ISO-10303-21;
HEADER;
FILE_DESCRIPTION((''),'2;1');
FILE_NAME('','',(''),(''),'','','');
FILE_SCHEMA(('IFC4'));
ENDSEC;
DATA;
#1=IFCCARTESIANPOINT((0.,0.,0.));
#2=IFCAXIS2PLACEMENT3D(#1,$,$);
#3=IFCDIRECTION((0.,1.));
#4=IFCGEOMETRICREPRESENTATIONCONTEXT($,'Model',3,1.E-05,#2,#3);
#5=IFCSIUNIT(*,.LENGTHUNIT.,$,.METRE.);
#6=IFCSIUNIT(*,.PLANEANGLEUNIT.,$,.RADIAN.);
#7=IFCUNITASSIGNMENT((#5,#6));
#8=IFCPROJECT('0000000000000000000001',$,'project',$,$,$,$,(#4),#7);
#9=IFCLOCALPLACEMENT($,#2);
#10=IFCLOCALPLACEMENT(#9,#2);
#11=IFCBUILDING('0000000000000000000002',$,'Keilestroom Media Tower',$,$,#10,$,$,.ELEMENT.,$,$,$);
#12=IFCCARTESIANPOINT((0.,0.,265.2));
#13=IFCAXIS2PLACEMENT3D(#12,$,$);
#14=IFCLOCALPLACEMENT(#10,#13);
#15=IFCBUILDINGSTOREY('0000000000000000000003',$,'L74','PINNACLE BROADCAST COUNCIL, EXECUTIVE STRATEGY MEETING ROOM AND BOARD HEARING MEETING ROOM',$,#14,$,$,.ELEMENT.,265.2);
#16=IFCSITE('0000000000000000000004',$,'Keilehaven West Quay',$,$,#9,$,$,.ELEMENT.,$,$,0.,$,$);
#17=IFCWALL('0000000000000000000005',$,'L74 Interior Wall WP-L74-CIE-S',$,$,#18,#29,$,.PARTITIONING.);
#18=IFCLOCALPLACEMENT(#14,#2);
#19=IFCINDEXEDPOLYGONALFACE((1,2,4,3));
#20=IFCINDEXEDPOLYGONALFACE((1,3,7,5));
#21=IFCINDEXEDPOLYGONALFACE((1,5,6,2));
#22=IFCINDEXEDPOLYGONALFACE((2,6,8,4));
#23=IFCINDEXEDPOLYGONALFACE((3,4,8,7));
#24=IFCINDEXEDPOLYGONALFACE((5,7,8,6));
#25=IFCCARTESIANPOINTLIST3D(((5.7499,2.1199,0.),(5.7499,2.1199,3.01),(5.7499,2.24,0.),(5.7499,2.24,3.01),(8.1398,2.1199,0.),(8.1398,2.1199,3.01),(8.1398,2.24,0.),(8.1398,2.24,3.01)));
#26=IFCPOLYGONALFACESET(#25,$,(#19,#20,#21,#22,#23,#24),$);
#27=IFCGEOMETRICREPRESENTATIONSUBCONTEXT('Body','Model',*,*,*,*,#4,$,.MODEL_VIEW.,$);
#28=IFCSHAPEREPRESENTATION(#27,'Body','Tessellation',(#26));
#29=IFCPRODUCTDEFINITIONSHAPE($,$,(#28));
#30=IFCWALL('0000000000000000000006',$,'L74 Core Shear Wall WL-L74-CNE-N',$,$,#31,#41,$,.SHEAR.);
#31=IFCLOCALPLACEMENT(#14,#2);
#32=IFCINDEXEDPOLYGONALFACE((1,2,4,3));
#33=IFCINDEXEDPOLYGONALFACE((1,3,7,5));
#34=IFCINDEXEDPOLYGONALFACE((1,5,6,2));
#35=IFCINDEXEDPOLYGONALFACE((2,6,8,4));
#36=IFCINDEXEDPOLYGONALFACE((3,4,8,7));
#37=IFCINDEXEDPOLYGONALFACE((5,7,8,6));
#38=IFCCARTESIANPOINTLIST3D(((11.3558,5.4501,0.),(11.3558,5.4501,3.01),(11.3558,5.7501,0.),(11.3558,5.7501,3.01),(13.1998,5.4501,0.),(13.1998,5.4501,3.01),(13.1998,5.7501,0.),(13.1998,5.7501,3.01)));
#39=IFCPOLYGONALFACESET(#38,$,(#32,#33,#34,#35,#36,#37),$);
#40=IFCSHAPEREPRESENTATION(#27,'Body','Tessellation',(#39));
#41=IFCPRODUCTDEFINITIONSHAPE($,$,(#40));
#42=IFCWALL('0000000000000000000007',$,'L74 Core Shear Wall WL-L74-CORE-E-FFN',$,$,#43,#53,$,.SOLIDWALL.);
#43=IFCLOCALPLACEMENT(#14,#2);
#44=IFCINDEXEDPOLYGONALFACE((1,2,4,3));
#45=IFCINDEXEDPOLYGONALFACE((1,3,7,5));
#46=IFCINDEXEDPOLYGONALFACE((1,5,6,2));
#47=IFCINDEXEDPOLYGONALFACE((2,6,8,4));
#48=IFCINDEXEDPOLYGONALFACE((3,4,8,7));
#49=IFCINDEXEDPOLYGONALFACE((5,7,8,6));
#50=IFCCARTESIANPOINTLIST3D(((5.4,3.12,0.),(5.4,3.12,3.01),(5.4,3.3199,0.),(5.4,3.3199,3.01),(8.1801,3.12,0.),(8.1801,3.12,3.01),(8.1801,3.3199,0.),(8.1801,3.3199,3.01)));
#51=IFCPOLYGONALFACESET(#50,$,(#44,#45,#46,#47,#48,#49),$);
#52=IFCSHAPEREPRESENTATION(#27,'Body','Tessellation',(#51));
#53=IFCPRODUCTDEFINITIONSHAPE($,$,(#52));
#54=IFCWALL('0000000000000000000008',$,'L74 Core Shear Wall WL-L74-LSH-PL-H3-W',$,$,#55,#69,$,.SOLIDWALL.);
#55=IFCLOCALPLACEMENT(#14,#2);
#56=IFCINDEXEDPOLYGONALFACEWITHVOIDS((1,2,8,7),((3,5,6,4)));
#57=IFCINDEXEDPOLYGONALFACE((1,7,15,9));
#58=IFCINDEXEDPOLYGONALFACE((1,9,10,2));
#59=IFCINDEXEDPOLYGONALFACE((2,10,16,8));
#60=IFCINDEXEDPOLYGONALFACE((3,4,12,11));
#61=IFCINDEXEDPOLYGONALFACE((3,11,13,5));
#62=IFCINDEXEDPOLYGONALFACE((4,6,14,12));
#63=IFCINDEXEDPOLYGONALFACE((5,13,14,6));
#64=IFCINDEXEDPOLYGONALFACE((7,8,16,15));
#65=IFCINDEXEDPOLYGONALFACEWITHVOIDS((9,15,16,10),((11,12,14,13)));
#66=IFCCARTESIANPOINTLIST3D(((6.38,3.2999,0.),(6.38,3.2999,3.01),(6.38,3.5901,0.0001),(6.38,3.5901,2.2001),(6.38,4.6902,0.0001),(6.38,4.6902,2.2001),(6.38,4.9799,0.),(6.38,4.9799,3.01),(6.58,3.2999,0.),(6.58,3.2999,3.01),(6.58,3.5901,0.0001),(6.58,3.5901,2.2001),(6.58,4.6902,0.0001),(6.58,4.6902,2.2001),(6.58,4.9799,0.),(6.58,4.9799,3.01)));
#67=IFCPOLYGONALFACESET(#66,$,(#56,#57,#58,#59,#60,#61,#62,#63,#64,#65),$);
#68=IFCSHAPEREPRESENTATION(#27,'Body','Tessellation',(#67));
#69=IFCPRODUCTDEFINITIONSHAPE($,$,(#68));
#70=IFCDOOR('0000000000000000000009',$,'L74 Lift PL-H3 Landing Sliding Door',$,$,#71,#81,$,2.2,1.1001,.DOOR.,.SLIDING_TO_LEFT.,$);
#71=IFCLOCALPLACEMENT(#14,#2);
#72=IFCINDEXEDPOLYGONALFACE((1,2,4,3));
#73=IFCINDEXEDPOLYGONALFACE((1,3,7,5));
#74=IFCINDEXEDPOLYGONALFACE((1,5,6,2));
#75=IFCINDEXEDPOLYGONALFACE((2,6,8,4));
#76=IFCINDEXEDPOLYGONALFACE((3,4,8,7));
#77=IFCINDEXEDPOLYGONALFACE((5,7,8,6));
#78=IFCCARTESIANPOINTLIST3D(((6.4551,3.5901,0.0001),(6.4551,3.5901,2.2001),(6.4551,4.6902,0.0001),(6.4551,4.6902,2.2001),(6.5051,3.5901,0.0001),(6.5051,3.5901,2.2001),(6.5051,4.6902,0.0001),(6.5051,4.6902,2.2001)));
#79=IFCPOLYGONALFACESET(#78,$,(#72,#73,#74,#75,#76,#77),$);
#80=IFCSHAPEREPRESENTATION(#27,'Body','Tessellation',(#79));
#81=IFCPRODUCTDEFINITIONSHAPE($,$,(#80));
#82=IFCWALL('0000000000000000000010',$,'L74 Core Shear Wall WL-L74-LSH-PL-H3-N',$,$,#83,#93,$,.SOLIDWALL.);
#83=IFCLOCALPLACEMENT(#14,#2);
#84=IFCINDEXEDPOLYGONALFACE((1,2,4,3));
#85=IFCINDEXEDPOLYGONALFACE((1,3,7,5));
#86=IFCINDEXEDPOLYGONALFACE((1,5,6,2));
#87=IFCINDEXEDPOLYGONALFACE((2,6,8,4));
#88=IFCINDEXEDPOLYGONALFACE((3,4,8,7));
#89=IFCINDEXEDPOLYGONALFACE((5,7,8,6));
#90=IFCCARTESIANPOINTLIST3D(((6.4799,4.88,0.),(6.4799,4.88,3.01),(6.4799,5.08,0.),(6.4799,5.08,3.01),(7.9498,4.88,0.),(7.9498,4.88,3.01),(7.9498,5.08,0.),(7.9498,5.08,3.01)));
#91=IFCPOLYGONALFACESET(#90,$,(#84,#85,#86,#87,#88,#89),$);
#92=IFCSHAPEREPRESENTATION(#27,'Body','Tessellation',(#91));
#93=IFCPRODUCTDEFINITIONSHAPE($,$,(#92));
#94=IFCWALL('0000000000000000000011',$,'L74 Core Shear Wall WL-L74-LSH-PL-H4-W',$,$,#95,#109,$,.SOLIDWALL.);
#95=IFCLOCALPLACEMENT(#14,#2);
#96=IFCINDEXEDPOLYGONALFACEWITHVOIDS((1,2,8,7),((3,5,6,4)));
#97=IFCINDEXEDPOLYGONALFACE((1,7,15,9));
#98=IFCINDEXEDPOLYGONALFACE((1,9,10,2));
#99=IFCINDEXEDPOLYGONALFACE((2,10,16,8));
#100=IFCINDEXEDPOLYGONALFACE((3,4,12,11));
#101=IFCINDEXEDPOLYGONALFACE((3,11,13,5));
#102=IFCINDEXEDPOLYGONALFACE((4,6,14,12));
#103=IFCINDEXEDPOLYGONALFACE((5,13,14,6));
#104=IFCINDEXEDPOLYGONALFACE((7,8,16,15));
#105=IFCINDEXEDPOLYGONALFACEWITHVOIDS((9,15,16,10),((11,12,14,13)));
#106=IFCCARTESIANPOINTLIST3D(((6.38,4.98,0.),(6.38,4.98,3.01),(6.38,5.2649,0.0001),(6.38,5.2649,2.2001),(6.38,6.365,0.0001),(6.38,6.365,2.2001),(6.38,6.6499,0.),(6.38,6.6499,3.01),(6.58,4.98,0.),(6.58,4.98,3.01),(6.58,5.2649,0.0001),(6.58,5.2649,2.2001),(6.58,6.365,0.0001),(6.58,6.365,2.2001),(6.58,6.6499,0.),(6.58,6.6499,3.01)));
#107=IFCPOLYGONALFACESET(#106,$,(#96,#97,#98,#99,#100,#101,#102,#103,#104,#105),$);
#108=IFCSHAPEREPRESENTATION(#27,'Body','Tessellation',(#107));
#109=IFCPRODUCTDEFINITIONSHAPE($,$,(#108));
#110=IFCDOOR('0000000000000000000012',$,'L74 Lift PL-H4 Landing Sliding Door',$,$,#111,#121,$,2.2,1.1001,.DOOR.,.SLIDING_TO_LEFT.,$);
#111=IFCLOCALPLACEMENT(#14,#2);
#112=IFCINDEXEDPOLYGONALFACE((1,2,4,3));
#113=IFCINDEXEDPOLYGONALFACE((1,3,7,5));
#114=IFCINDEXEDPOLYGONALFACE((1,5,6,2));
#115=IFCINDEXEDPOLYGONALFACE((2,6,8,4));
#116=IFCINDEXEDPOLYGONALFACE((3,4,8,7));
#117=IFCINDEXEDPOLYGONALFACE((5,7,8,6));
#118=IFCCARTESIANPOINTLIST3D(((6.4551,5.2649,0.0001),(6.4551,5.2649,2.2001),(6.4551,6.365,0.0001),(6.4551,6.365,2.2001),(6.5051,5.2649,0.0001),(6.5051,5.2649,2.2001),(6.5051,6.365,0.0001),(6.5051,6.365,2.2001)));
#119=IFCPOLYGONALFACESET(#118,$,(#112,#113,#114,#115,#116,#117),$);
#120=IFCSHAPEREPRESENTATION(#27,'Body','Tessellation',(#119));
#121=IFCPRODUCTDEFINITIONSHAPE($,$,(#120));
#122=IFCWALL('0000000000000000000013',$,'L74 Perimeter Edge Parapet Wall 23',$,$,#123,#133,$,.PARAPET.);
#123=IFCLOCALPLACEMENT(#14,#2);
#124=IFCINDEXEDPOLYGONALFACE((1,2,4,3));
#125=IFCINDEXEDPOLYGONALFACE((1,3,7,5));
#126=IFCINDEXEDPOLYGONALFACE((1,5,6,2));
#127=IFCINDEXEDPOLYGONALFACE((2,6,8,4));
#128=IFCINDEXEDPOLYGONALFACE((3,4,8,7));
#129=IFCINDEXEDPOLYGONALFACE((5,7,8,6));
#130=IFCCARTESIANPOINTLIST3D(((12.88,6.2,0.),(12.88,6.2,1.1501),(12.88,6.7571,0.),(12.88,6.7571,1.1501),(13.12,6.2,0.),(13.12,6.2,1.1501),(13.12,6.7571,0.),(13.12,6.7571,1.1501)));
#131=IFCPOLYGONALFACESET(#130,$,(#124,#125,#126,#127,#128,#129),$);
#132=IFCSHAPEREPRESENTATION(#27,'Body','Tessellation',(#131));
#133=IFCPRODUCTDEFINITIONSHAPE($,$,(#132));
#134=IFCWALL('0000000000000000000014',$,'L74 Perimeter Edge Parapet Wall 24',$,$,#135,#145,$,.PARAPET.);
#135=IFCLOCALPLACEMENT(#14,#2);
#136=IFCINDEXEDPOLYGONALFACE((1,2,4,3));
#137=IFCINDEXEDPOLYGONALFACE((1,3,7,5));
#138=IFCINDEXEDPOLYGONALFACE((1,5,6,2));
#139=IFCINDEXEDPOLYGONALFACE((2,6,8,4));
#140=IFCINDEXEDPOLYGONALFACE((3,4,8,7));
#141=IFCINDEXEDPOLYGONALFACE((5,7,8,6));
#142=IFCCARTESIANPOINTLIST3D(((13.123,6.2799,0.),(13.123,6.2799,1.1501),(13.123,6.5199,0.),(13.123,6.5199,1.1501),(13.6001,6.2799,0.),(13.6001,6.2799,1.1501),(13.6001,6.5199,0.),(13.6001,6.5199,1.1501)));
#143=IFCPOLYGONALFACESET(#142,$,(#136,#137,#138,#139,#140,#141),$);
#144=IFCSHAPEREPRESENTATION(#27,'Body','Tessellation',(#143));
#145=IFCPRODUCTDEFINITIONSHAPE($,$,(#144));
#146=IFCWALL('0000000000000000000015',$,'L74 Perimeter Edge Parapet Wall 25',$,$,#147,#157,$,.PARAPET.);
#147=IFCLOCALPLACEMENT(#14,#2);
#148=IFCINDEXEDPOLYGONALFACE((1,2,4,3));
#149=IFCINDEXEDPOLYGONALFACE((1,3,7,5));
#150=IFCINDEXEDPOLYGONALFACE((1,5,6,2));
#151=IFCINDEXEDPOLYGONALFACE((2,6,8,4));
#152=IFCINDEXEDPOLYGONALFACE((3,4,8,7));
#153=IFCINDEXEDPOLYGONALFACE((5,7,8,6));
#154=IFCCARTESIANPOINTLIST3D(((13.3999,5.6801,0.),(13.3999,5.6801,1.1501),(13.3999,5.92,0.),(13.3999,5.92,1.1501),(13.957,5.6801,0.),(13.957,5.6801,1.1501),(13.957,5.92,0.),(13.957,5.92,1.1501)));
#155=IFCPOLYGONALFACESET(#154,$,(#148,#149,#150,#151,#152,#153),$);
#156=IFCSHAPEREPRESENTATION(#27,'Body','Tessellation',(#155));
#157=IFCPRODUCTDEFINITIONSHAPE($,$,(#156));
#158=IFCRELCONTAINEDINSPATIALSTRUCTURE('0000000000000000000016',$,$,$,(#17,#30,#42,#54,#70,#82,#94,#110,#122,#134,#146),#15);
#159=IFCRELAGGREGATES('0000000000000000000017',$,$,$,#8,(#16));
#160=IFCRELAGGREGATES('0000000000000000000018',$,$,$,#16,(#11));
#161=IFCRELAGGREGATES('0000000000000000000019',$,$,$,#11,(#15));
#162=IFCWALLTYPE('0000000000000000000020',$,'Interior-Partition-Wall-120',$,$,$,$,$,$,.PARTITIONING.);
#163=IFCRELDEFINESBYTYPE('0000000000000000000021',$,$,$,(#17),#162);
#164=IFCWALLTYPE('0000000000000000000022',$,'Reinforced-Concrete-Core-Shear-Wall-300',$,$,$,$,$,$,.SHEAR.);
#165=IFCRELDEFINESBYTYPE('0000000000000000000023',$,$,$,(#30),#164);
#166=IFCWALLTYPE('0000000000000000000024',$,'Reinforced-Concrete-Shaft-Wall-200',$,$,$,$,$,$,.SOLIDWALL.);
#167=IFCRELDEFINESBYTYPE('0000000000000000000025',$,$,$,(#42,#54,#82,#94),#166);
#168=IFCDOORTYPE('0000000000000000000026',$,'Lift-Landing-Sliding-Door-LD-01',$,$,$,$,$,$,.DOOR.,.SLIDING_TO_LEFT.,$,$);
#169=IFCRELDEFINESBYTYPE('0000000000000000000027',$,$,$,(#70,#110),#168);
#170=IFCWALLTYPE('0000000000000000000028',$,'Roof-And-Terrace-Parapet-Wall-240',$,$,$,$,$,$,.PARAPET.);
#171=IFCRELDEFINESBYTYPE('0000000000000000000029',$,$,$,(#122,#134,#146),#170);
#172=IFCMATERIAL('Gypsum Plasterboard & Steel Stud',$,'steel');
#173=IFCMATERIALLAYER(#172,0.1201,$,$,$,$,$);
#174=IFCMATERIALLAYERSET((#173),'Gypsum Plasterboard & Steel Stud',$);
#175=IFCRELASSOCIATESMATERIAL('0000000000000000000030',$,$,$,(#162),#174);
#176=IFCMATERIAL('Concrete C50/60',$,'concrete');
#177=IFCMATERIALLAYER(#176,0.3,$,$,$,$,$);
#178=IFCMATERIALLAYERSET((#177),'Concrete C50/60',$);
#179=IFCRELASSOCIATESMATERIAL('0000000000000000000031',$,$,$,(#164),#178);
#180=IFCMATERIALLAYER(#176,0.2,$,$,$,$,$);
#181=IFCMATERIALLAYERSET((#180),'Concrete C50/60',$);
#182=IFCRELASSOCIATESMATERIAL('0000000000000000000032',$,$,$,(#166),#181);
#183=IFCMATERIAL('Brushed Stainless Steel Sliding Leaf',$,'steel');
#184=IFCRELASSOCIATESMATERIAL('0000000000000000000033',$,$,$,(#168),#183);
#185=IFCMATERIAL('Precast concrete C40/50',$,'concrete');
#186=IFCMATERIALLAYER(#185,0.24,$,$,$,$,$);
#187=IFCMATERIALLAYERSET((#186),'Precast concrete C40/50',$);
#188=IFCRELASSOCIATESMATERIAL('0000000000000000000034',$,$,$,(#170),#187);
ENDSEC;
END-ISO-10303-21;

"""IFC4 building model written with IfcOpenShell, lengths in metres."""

from ifc_helpers import new_model, si_unit, direction, frame, frame_2d, origin, place, context, subcontext, project, spatial, rectangle, extrude, source, transform, mapped, material, layer, layer_set, type_object, element, fill, save


model = new_model("IFC4")

# Units and contexts
model_context = context("Model", 3, precision=1e-05, world=origin(), true_north=direction((0.0, 1.0)))
body_context = subcontext(model_context, "Body", "Model", "MODEL_VIEW")
ifc_project = project(units=[si_unit("LENGTHUNIT", "METRE"), si_unit("PLANEANGLEUNIT", "RADIAN")], contexts=[model_context])

# Site, building, storey
site_placement = place(None, origin())
site = spatial("IfcSite", under=ifc_project, at=site_placement, Name="Keilehaven West Quay", CompositionType="ELEMENT", RefElevation=0.0)
building_placement = place(site_placement, origin())
building = spatial("IfcBuilding", under=site, at=building_placement, Name="Keilestroom Media Tower", CompositionType="ELEMENT")
storey_placement = place(building_placement, frame((0.0, 0.0, 265.2)))
storey = spatial("IfcBuildingStorey", under=building, at=storey_placement, Name="L74", Description="PINNACLE BROADCAST COUNCIL, EXECUTIVE STRATEGY MEETING ROOM AND BOARD HEARING MEETING ROOM", CompositionType="ELEMENT", Elevation=265.2)

# Shared definitions
ifc_material_1 = material(Name="Precast concrete C40/50", Category="concrete")

# Walls
ifc_material_2 = material(Name="Gypsum Plasterboard & Steel Stud", Category="steel")
ifc_layer_1 = layer(ifc_material_2, 0.1201)
ifc_layer_set_1 = layer_set([ifc_layer_1], Name="Gypsum Plasterboard & Steel Stud")
wall_type_1 = type_object("IfcWallType", Name="Interior-Partition-Wall-120", PredefinedType="PARTITIONING", material=ifc_layer_set_1)
wall_1_placement = place(storey_placement, frame((5.75, 2.1799, 0.0), z_axis=(0.0, 0.0, 1.0), x_axis=(1.0, 0.0, 0.0)))
element("IfcWall", 1, at=wall_1_placement, inside=storey, type_object=wall_type_1, Name="L74 Interior Wall WP-L74-CIE-S", PredefinedType="PARTITIONING", context=body_context, shape_type="SweptSolid", body=[
    extrude(rectangle(XDim=2.3899, YDim=0.1201, at=frame_2d((1.1948, 0.0))), origin(), (0.0, 0.0, 1.0), 3.01),
])
ifc_material_3 = material(Name="Concrete C50/60", Category="concrete")
ifc_layer_2 = layer(ifc_material_3, 0.3)
ifc_layer_set_2 = layer_set([ifc_layer_2], Name="Concrete C50/60")
wall_type_2 = type_object("IfcWallType", Name="Reinforced-Concrete-Core-Shear-Wall-300", PredefinedType="SHEAR", material=ifc_layer_set_2)
wall_2_placement = place(storey_placement, frame((11.356, 5.6001, 0.0), z_axis=(0.0, 0.0, 1.0), x_axis=(1.0, 0.0, 0.0)))
element("IfcWall", 2, at=wall_2_placement, inside=storey, type_object=wall_type_2, Name="L74 Core Shear Wall WL-L74-CNE-N", PredefinedType="SHEAR", context=body_context, shape_type="SweptSolid", body=[
    extrude(rectangle(XDim=1.844, YDim=0.3, at=frame_2d((0.9219, 0.0))), origin(), (0.0, 0.0, 1.0), 3.01),
])
ifc_layer_3 = layer(ifc_material_3, 0.2)
ifc_layer_set_3 = layer_set([ifc_layer_3], Name="Concrete C50/60")
wall_type_3 = type_object("IfcWallType", Name="Reinforced-Concrete-Shaft-Wall-200", PredefinedType="SOLIDWALL", material=ifc_layer_set_3)
wall_3_placement = place(storey_placement, frame((5.3999, 3.22, 0.0), z_axis=(0.0, 0.0, 1.0), x_axis=(1.0, 0.0, 0.0)))
element("IfcWall", 3, at=wall_3_placement, inside=storey, type_object=wall_type_3, Name="L74 Core Shear Wall WL-L74-CORE-E-FFN", PredefinedType="SOLIDWALL", context=body_context, shape_type="SweptSolid", body=[
    extrude(rectangle(XDim=2.78, YDim=0.2, at=frame_2d((1.3901, 0.0))), origin(), (0.0, 0.0, 1.0), 3.01),
])

# Wall, opening, door
wall_4_placement = place(storey_placement, frame((6.48, 3.3, 0.0), z_axis=(0.0, 0.0, 1.0), x_axis=(0.0, 1.0, 0.0)))
wall_4 = element("IfcWall", 4, at=wall_4_placement, inside=storey, type_object=wall_type_3, Name="L74 Core Shear Wall WL-L74-LSH-PL-H3-W", PredefinedType="SOLIDWALL", context=body_context, shape_type="SweptSolid", body=[
    extrude(rectangle(XDim=1.6799, YDim=0.2, at=frame_2d((0.8398, 0.0))), origin(), (0.0, 0.0, 1.0), 3.01),
])
opening_1_placement = place(wall_4_placement, frame((0.29, 0.0, 0.0)))
opening_1 = element("IfcOpeningElement", 5, at=opening_1_placement, cuts=wall_4, PredefinedType="OPENING", context=body_context, shape_type="SweptSolid", body=[
    extrude(rectangle(XDim=1.1001, YDim=2.2, at=frame_2d((0.55, 1.1001))), frame((0.0, 0.1099, 0.0), z_axis=(0.0, -1.0, 0.0), x_axis=(1.0, 0.0, 0.0)), (0.0, 0.0, 1.0), 0.22),
])
ifc_material_4 = material(Name="Brushed Stainless Steel Sliding Leaf", Category="steel")
door_type = type_object("IfcDoorType", Name="Lift-Landing-Sliding-Door-LD-01", OperationType="SLIDING_TO_LEFT", PredefinedType="DOOR", material=ifc_material_4)
shared_shape_1 = source(origin(), body_context, "Body", "SweptSolid", [
    extrude(rectangle(XDim=1.1001, YDim=2.2, at=frame_2d((0.55, 1.1001))), frame((0.0, 0.0249, 0.0), z_axis=(0.0, -1.0, 0.0), x_axis=(1.0, 0.0, 0.0)), (0.0, 0.0, 1.0), 0.05),
])
door_1_placement = place(opening_1_placement, origin())
door_1 = element("IfcDoor", 6, at=door_1_placement, inside=storey, type_object=door_type, Name="L74 Lift PL-H3 Landing Sliding Door", OperationType="SLIDING_TO_LEFT", OverallHeight=2.2, OverallWidth=1.1001, PredefinedType="DOOR", context=body_context, shape_type="MappedRepresentation", body=[
    mapped(shared_shape_1, transform((0.0, 0.0, 0.0), x_axis=(1.0, 0.0, 0.0), y_axis=(0.0, 1.0, 0.0), z_axis=(0.0, 0.0, 1.0), scale=1.0)),
])
fill(opening_1, door_1)

# Wall
wall_5_placement = place(storey_placement, frame((6.48, 4.98, 0.0), z_axis=(0.0, 0.0, 1.0), x_axis=(1.0, 0.0, 0.0)))
element("IfcWall", 7, at=wall_5_placement, inside=storey, type_object=wall_type_3, Name="L74 Core Shear Wall WL-L74-LSH-PL-H3-N", PredefinedType="SOLIDWALL", context=body_context, shape_type="SweptSolid", body=[
    extrude(rectangle(XDim=1.47, YDim=0.2, at=frame_2d((0.7349, 0.0))), origin(), (0.0, 0.0, 1.0), 3.01),
])

# Wall, opening, door
wall_6_placement = place(storey_placement, frame((6.48, 4.98, 0.0), z_axis=(0.0, 0.0, 1.0), x_axis=(0.0, 1.0, 0.0)))
wall_6 = element("IfcWall", 8, at=wall_6_placement, inside=storey, type_object=wall_type_3, Name="L74 Core Shear Wall WL-L74-LSH-PL-H4-W", PredefinedType="SOLIDWALL", context=body_context, shape_type="SweptSolid", body=[
    extrude(rectangle(XDim=1.6699, YDim=0.2, at=frame_2d((0.835, 0.0))), origin(), (0.0, 0.0, 1.0), 3.01),
])
opening_2_placement = place(wall_6_placement, frame((0.2849, 0.0, 0.0)))
opening_2 = element("IfcOpeningElement", 9, at=opening_2_placement, cuts=wall_6, PredefinedType="OPENING", context=body_context, shape_type="SweptSolid", body=[
    extrude(rectangle(XDim=1.1001, YDim=2.2, at=frame_2d((0.55, 1.1001))), frame((0.0, 0.1099, 0.0), z_axis=(0.0, -1.0, 0.0), x_axis=(1.0, 0.0, 0.0)), (0.0, 0.0, 1.0), 0.22),
])
door_2_placement = place(opening_2_placement, origin())
door_2 = element("IfcDoor", 10, at=door_2_placement, inside=storey, type_object=door_type, Name="L74 Lift PL-H4 Landing Sliding Door", OperationType="SLIDING_TO_LEFT", OverallHeight=2.2, OverallWidth=1.1001, PredefinedType="DOOR", context=body_context, shape_type="MappedRepresentation", body=[
    mapped(shared_shape_1, transform((0.0, 0.0, 0.0), x_axis=(1.0, 0.0, 0.0), y_axis=(0.0, 1.0, 0.0), z_axis=(0.0, 0.0, 1.0), scale=1.0)),
])
fill(opening_2, door_2)

# Walls
ifc_layer_4 = layer(ifc_material_1, 0.24)
ifc_layer_set_4 = layer_set([ifc_layer_4], Name="Precast concrete C40/50")
wall_type_4 = type_object("IfcWallType", Name="Roof-And-Terrace-Parapet-Wall-240", PredefinedType="PARAPET", material=ifc_layer_set_4)
wall_7_placement = place(storey_placement, frame((13.0, 6.7571, 0.0), z_axis=(0.0, 0.0, 1.0), x_axis=(0.0, -1.0, 0.0)))
element("IfcWall", 11, at=wall_7_placement, inside=storey, type_object=wall_type_4, Name="L74 Perimeter Edge Parapet Wall 23", PredefinedType="PARAPET", context=body_context, shape_type="SweptSolid", body=[
    extrude(rectangle(XDim=0.5571, YDim=0.24, at=frame_2d((0.2786, 0.0))), origin(), (0.0, 0.0, 1.0), 1.1501),
])
wall_8_placement = place(storey_placement, frame((13.123, 6.3999, 0.0), z_axis=(0.0, 0.0, 1.0), x_axis=(1.0, 0.0, 0.0)))
element("IfcWall", 12, at=wall_8_placement, inside=storey, type_object=wall_type_4, Name="L74 Perimeter Edge Parapet Wall 24", PredefinedType="PARAPET", context=body_context, shape_type="SweptSolid", body=[
    extrude(rectangle(XDim=0.4771, YDim=0.24, at=frame_2d((0.2385, 0.0))), origin(), (0.0, 0.0, 1.0), 1.1501),
])
wall_9_placement = place(storey_placement, frame((13.3999, 5.8, 0.0), z_axis=(0.0, 0.0, 1.0), x_axis=(1.0, 0.0, 0.0)))
element("IfcWall", 13, at=wall_9_placement, inside=storey, type_object=wall_type_4, Name="L74 Perimeter Edge Parapet Wall 25", PredefinedType="PARAPET", context=body_context, shape_type="SweptSolid", body=[
    extrude(rectangle(XDim=0.5571, YDim=0.24, at=frame_2d((0.2786, 0.0))), origin(), (0.0, 0.0, 1.0), 1.1501),
])

save(model, "model.ifc")
